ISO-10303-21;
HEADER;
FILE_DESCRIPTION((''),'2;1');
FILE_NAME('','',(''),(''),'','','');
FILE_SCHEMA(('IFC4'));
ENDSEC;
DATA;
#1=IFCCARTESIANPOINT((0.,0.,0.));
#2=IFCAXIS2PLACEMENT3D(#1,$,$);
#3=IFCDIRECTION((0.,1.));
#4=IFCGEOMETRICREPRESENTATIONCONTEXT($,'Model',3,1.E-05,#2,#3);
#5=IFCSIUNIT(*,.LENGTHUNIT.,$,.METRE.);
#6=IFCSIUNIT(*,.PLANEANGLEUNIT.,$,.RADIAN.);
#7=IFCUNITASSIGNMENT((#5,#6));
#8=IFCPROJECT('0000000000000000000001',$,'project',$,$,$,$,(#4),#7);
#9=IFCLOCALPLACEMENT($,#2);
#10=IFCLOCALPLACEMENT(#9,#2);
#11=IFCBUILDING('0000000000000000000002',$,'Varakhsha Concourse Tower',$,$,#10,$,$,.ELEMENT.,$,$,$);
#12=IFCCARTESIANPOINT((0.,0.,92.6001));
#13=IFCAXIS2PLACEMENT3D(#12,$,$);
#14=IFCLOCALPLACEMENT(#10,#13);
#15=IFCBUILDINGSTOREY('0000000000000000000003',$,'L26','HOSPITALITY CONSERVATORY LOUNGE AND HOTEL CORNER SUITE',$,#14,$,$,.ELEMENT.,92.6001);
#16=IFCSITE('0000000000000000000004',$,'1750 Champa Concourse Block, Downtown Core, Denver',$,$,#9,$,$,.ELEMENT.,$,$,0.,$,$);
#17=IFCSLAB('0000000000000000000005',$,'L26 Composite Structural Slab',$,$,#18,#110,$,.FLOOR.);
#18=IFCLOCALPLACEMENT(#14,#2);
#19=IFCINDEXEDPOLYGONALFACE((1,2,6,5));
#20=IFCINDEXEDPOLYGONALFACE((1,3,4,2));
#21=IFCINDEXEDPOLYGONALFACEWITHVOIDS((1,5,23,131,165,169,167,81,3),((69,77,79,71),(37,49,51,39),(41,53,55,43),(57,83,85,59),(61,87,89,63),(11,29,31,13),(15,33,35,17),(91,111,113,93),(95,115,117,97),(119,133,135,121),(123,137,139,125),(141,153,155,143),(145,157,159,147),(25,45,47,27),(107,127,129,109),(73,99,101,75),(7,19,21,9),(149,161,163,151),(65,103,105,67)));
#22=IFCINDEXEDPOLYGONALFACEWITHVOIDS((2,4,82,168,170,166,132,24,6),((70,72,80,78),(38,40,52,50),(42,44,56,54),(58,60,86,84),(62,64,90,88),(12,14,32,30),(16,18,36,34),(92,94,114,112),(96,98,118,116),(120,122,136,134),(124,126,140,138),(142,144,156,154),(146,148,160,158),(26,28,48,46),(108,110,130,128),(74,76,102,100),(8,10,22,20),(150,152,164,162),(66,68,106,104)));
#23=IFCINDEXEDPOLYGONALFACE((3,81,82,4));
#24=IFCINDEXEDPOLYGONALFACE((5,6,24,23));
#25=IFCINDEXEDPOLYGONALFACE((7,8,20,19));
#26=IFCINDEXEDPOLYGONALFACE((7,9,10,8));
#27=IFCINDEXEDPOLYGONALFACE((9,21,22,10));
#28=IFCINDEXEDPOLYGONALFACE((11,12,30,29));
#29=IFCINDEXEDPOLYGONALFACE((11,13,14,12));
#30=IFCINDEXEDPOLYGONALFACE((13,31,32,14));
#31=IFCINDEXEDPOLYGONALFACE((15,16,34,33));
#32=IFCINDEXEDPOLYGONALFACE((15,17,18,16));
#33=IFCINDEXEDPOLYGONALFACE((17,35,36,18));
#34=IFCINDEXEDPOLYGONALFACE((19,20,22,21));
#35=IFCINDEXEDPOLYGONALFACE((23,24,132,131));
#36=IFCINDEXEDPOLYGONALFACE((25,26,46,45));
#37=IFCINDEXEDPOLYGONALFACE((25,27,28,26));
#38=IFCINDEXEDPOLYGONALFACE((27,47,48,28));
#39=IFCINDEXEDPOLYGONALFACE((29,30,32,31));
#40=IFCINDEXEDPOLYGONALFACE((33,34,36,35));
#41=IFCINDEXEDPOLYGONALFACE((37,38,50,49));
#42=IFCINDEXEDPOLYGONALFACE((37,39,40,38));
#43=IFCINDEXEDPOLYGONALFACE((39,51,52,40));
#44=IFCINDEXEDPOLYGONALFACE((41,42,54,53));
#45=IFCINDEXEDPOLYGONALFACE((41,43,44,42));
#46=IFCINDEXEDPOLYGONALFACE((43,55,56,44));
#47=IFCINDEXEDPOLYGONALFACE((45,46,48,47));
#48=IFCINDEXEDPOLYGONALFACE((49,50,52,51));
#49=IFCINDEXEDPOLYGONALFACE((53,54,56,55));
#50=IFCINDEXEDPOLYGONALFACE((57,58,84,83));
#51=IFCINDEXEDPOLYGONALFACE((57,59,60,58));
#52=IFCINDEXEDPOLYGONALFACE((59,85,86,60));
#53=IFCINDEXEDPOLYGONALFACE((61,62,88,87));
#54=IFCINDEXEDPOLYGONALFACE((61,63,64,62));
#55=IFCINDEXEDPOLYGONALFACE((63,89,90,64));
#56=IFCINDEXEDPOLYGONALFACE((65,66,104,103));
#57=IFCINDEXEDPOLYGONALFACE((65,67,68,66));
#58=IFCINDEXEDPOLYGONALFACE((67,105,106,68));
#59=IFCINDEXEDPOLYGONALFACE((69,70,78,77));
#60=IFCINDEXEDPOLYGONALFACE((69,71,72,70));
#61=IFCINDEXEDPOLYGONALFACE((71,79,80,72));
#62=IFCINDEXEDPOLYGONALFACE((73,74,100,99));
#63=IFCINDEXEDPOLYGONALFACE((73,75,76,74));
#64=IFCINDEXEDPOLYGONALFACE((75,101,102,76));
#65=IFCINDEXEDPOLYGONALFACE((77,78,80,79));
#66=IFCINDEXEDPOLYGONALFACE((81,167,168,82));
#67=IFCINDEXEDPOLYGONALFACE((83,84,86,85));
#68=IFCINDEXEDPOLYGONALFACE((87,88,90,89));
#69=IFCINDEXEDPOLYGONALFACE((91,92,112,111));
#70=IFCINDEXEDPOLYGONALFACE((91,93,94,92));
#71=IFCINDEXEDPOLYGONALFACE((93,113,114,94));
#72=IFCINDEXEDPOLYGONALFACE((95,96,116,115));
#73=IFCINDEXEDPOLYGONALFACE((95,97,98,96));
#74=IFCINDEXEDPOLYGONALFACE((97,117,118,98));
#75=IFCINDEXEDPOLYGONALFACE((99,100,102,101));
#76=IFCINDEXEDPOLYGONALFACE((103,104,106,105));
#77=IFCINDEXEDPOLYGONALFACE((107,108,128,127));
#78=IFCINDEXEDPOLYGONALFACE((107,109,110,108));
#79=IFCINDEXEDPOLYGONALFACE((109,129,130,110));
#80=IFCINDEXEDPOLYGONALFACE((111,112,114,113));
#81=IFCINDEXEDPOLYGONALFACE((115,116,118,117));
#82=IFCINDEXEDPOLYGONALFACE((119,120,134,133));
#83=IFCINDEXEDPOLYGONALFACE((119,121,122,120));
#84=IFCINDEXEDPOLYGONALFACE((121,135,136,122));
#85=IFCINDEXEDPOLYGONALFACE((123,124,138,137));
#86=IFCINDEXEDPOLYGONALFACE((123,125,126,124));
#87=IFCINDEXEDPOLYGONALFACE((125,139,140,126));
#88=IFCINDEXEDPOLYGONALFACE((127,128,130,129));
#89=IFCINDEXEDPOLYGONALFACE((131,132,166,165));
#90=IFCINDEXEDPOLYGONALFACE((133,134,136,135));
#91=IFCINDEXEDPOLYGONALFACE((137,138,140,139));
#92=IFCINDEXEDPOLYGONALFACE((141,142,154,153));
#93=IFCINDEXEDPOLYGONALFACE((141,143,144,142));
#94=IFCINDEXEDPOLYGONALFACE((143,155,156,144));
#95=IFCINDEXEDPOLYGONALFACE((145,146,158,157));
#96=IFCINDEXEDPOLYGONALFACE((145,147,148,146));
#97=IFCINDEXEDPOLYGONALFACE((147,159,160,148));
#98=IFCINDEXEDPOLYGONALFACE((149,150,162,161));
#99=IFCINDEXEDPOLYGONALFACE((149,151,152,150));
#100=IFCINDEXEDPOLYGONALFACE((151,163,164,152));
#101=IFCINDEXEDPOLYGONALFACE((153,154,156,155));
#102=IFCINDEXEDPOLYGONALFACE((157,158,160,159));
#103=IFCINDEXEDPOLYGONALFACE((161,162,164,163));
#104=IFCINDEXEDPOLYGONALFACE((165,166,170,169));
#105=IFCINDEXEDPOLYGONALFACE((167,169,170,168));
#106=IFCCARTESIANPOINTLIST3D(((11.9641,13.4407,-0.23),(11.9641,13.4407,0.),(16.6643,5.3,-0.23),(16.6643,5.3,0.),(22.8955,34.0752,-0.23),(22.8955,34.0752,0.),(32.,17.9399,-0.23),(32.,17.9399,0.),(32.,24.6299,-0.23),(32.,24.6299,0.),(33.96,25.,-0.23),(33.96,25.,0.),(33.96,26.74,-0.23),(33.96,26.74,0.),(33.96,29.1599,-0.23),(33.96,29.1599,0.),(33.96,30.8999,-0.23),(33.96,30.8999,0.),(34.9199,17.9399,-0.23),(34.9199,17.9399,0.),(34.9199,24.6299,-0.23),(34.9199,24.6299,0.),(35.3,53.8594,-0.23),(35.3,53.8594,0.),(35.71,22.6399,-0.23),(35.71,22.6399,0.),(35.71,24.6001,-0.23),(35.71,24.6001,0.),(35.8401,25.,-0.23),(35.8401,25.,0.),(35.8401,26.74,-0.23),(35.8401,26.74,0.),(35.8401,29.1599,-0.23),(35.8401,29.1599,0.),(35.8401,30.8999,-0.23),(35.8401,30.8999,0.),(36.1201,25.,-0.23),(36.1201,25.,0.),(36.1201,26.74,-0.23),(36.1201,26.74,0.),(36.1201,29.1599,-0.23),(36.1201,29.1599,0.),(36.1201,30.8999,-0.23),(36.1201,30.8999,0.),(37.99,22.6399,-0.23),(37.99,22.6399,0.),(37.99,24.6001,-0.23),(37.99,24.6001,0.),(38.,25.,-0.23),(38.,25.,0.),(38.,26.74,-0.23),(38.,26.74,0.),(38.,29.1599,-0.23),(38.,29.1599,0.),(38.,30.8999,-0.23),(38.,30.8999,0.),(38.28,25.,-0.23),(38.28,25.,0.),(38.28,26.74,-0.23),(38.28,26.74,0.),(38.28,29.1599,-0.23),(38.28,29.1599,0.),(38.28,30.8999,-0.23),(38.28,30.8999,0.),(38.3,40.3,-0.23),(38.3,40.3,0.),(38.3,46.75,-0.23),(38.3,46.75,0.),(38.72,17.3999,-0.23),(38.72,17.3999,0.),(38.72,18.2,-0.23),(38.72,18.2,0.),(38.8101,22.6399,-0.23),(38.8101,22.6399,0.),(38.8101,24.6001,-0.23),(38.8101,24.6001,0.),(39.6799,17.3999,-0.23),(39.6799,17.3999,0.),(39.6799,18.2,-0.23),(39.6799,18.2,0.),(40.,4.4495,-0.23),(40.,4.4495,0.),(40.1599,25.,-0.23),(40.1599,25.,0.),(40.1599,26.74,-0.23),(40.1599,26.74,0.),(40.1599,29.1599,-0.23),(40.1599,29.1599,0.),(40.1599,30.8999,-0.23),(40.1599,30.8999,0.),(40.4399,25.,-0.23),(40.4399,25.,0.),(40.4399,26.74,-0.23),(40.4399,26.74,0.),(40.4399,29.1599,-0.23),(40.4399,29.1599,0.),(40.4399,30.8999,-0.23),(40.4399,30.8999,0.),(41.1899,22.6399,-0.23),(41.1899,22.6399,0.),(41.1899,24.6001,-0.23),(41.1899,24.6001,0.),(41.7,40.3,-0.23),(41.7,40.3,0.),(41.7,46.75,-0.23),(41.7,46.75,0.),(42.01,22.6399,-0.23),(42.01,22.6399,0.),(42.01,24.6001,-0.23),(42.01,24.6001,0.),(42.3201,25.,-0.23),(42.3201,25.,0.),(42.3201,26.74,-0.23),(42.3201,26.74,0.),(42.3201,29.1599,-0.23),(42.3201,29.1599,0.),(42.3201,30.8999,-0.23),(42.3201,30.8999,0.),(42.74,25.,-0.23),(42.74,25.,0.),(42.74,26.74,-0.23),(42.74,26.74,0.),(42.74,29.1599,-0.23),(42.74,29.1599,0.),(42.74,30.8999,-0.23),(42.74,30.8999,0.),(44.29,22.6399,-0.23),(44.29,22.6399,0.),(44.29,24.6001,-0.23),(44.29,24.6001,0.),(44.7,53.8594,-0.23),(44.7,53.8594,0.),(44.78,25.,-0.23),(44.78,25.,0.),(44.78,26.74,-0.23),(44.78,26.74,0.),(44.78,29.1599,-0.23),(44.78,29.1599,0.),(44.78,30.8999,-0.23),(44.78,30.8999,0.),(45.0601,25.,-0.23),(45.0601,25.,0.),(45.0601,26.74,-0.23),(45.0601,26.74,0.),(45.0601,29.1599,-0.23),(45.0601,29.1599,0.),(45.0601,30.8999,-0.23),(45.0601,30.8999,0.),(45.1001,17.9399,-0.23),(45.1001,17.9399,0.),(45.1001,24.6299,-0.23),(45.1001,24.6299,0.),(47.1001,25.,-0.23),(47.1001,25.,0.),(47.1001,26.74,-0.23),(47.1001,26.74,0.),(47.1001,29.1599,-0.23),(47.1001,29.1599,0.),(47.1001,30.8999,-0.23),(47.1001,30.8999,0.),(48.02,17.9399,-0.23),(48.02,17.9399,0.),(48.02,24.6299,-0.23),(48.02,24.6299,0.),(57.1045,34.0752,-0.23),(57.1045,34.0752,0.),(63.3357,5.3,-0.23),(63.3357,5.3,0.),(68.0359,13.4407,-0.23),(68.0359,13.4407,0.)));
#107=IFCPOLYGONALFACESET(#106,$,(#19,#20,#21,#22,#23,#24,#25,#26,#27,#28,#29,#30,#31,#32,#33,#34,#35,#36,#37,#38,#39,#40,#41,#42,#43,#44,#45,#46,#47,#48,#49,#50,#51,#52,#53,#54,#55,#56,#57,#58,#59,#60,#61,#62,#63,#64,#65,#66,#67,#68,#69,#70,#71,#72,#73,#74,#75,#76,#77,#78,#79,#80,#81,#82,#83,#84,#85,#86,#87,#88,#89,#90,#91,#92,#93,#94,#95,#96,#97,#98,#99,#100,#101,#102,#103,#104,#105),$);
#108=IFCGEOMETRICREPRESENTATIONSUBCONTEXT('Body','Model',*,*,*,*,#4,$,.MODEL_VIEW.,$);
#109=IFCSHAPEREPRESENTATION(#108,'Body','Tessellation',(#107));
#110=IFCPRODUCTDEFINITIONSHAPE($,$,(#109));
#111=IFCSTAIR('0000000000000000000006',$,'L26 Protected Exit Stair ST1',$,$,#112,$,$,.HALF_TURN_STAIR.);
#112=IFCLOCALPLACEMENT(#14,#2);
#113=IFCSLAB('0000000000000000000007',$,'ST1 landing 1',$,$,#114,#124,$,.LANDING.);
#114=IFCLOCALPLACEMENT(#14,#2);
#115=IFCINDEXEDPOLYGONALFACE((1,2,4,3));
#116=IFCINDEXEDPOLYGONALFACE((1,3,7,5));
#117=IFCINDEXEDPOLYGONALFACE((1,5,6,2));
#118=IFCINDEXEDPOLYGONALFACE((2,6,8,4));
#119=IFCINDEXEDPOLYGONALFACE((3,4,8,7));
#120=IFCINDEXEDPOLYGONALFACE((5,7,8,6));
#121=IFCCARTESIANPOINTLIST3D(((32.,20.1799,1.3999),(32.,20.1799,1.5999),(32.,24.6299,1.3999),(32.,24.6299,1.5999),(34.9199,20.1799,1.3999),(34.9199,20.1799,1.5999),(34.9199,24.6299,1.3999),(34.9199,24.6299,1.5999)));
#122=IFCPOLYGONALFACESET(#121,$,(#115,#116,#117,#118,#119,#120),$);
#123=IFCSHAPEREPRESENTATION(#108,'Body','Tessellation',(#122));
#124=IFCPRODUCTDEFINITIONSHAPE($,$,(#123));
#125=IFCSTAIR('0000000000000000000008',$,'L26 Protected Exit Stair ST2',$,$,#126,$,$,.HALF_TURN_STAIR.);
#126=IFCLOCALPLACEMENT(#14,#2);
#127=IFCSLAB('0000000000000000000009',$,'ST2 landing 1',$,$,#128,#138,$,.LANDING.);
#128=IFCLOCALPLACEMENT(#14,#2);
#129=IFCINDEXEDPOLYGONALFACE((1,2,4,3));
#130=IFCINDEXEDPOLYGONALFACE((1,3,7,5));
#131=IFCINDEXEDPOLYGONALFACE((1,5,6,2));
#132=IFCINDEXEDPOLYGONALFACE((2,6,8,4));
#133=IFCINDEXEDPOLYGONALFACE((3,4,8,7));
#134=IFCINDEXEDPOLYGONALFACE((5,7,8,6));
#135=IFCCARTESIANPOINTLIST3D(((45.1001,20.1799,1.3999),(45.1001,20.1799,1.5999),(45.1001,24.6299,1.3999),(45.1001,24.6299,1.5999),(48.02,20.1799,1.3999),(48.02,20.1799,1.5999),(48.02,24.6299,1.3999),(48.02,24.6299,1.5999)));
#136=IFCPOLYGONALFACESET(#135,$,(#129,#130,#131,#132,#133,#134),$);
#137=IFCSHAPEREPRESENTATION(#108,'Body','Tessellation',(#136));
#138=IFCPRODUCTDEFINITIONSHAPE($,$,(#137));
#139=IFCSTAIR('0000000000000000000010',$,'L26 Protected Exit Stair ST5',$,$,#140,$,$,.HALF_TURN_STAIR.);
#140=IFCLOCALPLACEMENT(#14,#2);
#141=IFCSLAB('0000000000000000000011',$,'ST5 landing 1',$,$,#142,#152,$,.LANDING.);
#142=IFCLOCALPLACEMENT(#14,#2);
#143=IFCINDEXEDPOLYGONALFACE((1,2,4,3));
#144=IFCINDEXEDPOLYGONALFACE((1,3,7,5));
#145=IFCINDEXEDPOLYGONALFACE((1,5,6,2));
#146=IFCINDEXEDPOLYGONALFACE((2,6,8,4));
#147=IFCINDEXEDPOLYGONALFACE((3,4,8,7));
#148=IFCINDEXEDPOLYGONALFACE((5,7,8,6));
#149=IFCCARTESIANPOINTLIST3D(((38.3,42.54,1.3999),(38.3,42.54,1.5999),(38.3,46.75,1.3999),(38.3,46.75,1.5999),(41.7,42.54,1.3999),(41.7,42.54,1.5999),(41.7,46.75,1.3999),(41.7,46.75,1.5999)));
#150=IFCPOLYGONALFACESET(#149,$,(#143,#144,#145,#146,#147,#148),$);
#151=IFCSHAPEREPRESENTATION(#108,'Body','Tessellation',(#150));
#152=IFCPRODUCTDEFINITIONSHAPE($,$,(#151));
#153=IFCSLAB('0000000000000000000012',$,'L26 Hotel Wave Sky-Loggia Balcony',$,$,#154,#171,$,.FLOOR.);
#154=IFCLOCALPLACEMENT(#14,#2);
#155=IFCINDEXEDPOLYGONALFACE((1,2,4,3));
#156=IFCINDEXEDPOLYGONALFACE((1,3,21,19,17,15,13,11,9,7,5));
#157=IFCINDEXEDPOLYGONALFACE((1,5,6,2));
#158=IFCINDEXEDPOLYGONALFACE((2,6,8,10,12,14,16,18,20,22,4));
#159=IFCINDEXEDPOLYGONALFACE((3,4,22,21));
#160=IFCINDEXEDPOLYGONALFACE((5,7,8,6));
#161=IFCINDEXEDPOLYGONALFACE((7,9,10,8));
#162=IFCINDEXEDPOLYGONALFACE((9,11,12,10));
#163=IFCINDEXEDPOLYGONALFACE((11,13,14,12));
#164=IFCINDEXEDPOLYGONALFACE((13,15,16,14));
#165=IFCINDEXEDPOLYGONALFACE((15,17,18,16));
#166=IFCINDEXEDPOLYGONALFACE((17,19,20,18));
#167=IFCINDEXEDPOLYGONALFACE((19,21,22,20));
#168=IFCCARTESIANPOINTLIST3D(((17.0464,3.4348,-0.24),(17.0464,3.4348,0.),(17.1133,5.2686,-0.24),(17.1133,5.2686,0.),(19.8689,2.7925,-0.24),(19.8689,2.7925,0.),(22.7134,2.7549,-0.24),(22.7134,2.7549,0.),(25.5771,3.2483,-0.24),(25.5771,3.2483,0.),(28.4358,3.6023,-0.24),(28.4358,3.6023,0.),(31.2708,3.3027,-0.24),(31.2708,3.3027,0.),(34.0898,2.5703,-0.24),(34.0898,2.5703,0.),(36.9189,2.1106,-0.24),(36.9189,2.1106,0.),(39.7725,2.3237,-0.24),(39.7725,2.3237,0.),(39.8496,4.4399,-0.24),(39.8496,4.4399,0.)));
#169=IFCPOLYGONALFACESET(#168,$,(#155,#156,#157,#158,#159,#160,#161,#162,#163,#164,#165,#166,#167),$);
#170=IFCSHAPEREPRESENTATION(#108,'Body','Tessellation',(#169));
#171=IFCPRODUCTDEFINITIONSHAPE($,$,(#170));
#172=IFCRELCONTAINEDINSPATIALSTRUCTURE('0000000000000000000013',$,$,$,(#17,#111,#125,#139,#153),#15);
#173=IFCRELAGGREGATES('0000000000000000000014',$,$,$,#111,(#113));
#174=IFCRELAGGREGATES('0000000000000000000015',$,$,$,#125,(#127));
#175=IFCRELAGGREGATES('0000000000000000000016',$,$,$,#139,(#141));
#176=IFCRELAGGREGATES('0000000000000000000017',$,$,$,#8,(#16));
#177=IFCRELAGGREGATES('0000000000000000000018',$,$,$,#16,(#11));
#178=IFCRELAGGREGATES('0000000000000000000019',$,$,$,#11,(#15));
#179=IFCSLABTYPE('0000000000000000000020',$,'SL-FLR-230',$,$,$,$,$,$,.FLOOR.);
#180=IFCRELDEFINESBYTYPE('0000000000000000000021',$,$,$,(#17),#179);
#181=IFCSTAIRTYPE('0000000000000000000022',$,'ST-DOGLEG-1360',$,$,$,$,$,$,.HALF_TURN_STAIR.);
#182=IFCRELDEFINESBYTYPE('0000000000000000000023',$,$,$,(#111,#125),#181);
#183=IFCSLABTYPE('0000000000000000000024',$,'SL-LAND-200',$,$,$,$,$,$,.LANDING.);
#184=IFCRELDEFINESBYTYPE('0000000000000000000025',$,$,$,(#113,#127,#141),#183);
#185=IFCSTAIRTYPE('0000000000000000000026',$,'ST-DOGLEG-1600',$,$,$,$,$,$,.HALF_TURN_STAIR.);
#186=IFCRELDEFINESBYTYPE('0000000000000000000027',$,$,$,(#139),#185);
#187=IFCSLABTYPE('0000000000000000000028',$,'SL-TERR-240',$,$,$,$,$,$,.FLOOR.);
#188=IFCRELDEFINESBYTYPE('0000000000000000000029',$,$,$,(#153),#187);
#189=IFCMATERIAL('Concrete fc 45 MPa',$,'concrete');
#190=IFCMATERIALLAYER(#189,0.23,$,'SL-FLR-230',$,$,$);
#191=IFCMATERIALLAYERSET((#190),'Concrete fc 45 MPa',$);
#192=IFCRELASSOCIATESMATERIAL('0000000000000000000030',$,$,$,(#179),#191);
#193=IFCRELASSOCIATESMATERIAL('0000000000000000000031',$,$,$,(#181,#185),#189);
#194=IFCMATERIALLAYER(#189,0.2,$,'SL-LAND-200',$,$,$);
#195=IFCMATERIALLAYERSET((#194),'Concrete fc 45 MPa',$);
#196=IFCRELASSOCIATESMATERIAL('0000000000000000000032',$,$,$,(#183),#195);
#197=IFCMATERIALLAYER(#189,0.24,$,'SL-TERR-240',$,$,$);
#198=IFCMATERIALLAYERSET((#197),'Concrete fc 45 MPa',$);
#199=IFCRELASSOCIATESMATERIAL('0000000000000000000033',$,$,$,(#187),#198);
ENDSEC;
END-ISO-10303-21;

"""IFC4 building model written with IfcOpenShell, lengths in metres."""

from ifc_helpers import new_model, si_unit, direction, frame, origin, place, context, subcontext, project, spatial, polyline, outline, extrude, material, layer, layer_set, type_object, element, aggregate, save


model = new_model("IFC4")

# Units and contexts
model_context = context("Model", 3, precision=1e-05, world=origin(), true_north=direction((0.0, 1.0)))
body_context = subcontext(model_context, "Body", "Model", "MODEL_VIEW")
ifc_project = project(units=[si_unit("LENGTHUNIT", "METRE"), si_unit("PLANEANGLEUNIT", "RADIAN")], contexts=[model_context])

# Site, building, storey
site_placement = place(None, origin())
site = spatial("IfcSite", under=ifc_project, at=site_placement, Name="1750 Champa Concourse Block, Downtown Core, Denver", CompositionType="ELEMENT", RefElevation=0.0)
building_placement = place(site_placement, origin())
building = spatial("IfcBuilding", under=site, at=building_placement, Name="Varakhsha Concourse Tower", CompositionType="ELEMENT")
storey_placement = place(building_placement, frame((0.0, 0.0, 92.6001)))
storey = spatial("IfcBuildingStorey", under=building, at=storey_placement, Name="L26", Description="HOSPITALITY CONSERVATORY LOUNGE AND HOTEL CORNER SUITE", CompositionType="ELEMENT", Elevation=92.6001)

# Slab
ifc_material_1 = material(Name="Concrete fc 45 MPa", Category="concrete")
ifc_layer_1 = layer(ifc_material_1, 0.23, Name="SL-FLR-230")
ifc_layer_set_1 = layer_set([ifc_layer_1], Name="Concrete fc 45 MPa")
slab_type_1 = type_object("IfcSlabType", Name="SL-FLR-230", PredefinedType="FLOOR", material=ifc_layer_set_1)
slab_1_placement = place(storey_placement, frame((0.0, 0.0, -0.23)))
element("IfcSlab", 1, at=slab_1_placement, inside=storey, type_object=slab_type_1, Name="L26 Composite Structural Slab", PredefinedType="FLOOR", context=body_context, shape_type="SweptSolid", body=[
    extrude(outline(polyline([(44.7, 53.8594), (35.3, 53.8594), (22.8955, 34.0752), (11.9641, 13.4407), (16.6643, 5.3), (40.0, 4.4495), (63.3357, 5.3), (68.0359, 13.4407), (57.1045, 34.0752), (44.7, 53.8594)]), holes=[polyline([(34.9199, 17.9399), (34.9199, 24.6299), (32.0, 24.6299), (32.0, 17.9399), (34.9199, 17.9399)]), polyline([(48.02, 17.9399), (48.02, 24.6299), (45.1001, 24.6299), (45.1001, 17.9399), (48.02, 17.9399)]), polyline([(41.7, 40.3), (41.7, 46.75), (38.3, 46.75), (38.3, 40.3), (41.7, 40.3)]), polyline([(33.96, 29.1599), (35.8401, 29.1599), (35.8401, 30.8999), (33.96, 30.8999), (33.96, 29.1599)]), polyline([(36.1201, 29.1599), (38.0, 29.1599), (38.0, 30.8999), (36.1201, 30.8999), (36.1201, 29.1599)]), polyline([(38.28, 29.1599), (40.1599, 29.1599), (40.1599, 30.8999), (38.28, 30.8999), (38.28, 29.1599)]), polyline([(40.4399, 29.1599), (42.3201, 29.1599), (42.3201, 30.8999), (40.4399, 30.8999), (40.4399, 29.1599)]), polyline([(33.96, 25.0), (35.8401, 25.0), (35.8401, 26.74), (33.96, 26.74), (33.96, 25.0)]), polyline([(36.1201, 25.0), (38.0, 25.0), (38.0, 26.74), (36.1201, 26.74), (36.1201, 25.0)]), polyline([(38.28, 25.0), (40.1599, 25.0), (40.1599, 26.74), (38.28, 26.74), (38.28, 25.0)]), polyline([(40.4399, 25.0), (42.3201, 25.0), (42.3201, 26.74), (40.4399, 26.74), (40.4399, 25.0)]), polyline([(42.74, 29.1599), (44.78, 29.1599), (44.78, 30.8999), (42.74, 30.8999), (42.74, 29.1599)]), polyline([(45.0601, 29.1599), (47.1001, 29.1599), (47.1001, 30.8999), (45.0601, 30.8999), (45.0601, 29.1599)]), polyline([(42.74, 25.0), (44.78, 25.0), (44.78, 26.74), (42.74, 26.74), (42.74, 25.0)]), polyline([(45.0601, 25.0), (47.1001, 25.0), (47.1001, 26.74), (45.0601, 26.74), (45.0601, 25.0)]), polyline([(35.71, 22.6399), (37.99, 22.6399), (37.99, 24.6001), (35.71, 24.6001), (35.71, 22.6399)]), polyline([(42.01, 22.6399), (44.29, 22.6399), (44.29, 24.6001), (42.01, 24.6001), (42.01, 22.6399)]), polyline([(38.8101, 22.6399), (41.1899, 22.6399), (41.1899, 24.6001), (38.8101, 24.6001), (38.8101, 22.6399)]), polyline([(38.72, 17.3999), (39.6799, 17.3999), (39.6799, 18.2), (38.72, 18.2), (38.72, 17.3999)])]), origin(), (0.0, 0.0, 1.0), 0.23),
])

# Stairs, slabs
stair_type_1 = type_object("IfcStairType", Name="ST-DOGLEG-1360", PredefinedType="HALF_TURN_STAIR", material=ifc_material_1)
stair_1_placement = place(storey_placement, origin())
stair_1 = element("IfcStair", 2, at=stair_1_placement, inside=storey, type_object=stair_type_1, Name="L26 Protected Exit Stair ST1", PredefinedType="HALF_TURN_STAIR")
ifc_layer_2 = layer(ifc_material_1, 0.2, Name="SL-LAND-200")
ifc_layer_set_2 = layer_set([ifc_layer_2], Name="Concrete fc 45 MPa")
slab_type_2 = type_object("IfcSlabType", Name="SL-LAND-200", PredefinedType="LANDING", material=ifc_layer_set_2)
slab_2_placement = place(storey_placement, frame((0.0, 0.0, 1.3999)))
slab_2 = element("IfcSlab", 3, at=slab_2_placement, type_object=slab_type_2, Name="ST1 landing 1", PredefinedType="LANDING", context=body_context, shape_type="SweptSolid", body=[
    extrude(outline(polyline([(34.9199, 20.1799), (34.9199, 24.6299), (32.0, 24.6299), (32.0, 20.1799), (34.9199, 20.1799)])), origin(), (0.0, 0.0, 1.0), 0.2),
])
aggregate(stair_1, [slab_2])
stair_2_placement = place(storey_placement, origin())
stair_2 = element("IfcStair", 4, at=stair_2_placement, inside=storey, type_object=stair_type_1, Name="L26 Protected Exit Stair ST2", PredefinedType="HALF_TURN_STAIR")
slab_3_placement = place(storey_placement, frame((0.0, 0.0, 1.3999)))
slab_3 = element("IfcSlab", 5, at=slab_3_placement, type_object=slab_type_2, Name="ST2 landing 1", PredefinedType="LANDING", context=body_context, shape_type="SweptSolid", body=[
    extrude(outline(polyline([(48.02, 20.1799), (48.02, 24.6299), (45.1001, 24.6299), (45.1001, 20.1799), (48.02, 20.1799)])), origin(), (0.0, 0.0, 1.0), 0.2),
])
aggregate(stair_2, [slab_3])
stair_type_2 = type_object("IfcStairType", Name="ST-DOGLEG-1600", PredefinedType="HALF_TURN_STAIR", material=ifc_material_1)
stair_3_placement = place(storey_placement, origin())
stair_3 = element("IfcStair", 6, at=stair_3_placement, inside=storey, type_object=stair_type_2, Name="L26 Protected Exit Stair ST5", PredefinedType="HALF_TURN_STAIR")
slab_4_placement = place(storey_placement, frame((0.0, 0.0, 1.3999)))
slab_4 = element("IfcSlab", 7, at=slab_4_placement, type_object=slab_type_2, Name="ST5 landing 1", PredefinedType="LANDING", context=body_context, shape_type="SweptSolid", body=[
    extrude(outline(polyline([(41.7, 42.54), (41.7, 46.75), (38.3, 46.75), (38.3, 42.54), (41.7, 42.54)])), origin(), (0.0, 0.0, 1.0), 0.2),
])
aggregate(stair_3, [slab_4])

# Slab
ifc_layer_3 = layer(ifc_material_1, 0.24, Name="SL-TERR-240")
ifc_layer_set_3 = layer_set([ifc_layer_3], Name="Concrete fc 45 MPa")
slab_type_3 = type_object("IfcSlabType", Name="SL-TERR-240", PredefinedType="FLOOR", material=ifc_layer_set_3)
slab_5_placement = place(storey_placement, frame((0.0, 0.0, -0.24)))
element("IfcSlab", 8, at=slab_5_placement, inside=storey, type_object=slab_type_3, Name="L26 Hotel Wave Sky-Loggia Balcony", PredefinedType="FLOOR", context=body_context, shape_type="SweptSolid", body=[
    extrude(outline(polyline([(17.1133, 5.2686), (39.8496, 4.4399), (39.7725, 2.3237), (36.9189, 2.1106), (34.0898, 2.5703), (31.2708, 3.3027), (28.4358, 3.6023), (25.5771, 3.2483), (22.7134, 2.7549), (19.8689, 2.7925), (17.0464, 3.4348), (17.1133, 5.2686)])), origin(), (0.0, 0.0, 1.0), 0.24),
])

save(model, "model.ifc")
